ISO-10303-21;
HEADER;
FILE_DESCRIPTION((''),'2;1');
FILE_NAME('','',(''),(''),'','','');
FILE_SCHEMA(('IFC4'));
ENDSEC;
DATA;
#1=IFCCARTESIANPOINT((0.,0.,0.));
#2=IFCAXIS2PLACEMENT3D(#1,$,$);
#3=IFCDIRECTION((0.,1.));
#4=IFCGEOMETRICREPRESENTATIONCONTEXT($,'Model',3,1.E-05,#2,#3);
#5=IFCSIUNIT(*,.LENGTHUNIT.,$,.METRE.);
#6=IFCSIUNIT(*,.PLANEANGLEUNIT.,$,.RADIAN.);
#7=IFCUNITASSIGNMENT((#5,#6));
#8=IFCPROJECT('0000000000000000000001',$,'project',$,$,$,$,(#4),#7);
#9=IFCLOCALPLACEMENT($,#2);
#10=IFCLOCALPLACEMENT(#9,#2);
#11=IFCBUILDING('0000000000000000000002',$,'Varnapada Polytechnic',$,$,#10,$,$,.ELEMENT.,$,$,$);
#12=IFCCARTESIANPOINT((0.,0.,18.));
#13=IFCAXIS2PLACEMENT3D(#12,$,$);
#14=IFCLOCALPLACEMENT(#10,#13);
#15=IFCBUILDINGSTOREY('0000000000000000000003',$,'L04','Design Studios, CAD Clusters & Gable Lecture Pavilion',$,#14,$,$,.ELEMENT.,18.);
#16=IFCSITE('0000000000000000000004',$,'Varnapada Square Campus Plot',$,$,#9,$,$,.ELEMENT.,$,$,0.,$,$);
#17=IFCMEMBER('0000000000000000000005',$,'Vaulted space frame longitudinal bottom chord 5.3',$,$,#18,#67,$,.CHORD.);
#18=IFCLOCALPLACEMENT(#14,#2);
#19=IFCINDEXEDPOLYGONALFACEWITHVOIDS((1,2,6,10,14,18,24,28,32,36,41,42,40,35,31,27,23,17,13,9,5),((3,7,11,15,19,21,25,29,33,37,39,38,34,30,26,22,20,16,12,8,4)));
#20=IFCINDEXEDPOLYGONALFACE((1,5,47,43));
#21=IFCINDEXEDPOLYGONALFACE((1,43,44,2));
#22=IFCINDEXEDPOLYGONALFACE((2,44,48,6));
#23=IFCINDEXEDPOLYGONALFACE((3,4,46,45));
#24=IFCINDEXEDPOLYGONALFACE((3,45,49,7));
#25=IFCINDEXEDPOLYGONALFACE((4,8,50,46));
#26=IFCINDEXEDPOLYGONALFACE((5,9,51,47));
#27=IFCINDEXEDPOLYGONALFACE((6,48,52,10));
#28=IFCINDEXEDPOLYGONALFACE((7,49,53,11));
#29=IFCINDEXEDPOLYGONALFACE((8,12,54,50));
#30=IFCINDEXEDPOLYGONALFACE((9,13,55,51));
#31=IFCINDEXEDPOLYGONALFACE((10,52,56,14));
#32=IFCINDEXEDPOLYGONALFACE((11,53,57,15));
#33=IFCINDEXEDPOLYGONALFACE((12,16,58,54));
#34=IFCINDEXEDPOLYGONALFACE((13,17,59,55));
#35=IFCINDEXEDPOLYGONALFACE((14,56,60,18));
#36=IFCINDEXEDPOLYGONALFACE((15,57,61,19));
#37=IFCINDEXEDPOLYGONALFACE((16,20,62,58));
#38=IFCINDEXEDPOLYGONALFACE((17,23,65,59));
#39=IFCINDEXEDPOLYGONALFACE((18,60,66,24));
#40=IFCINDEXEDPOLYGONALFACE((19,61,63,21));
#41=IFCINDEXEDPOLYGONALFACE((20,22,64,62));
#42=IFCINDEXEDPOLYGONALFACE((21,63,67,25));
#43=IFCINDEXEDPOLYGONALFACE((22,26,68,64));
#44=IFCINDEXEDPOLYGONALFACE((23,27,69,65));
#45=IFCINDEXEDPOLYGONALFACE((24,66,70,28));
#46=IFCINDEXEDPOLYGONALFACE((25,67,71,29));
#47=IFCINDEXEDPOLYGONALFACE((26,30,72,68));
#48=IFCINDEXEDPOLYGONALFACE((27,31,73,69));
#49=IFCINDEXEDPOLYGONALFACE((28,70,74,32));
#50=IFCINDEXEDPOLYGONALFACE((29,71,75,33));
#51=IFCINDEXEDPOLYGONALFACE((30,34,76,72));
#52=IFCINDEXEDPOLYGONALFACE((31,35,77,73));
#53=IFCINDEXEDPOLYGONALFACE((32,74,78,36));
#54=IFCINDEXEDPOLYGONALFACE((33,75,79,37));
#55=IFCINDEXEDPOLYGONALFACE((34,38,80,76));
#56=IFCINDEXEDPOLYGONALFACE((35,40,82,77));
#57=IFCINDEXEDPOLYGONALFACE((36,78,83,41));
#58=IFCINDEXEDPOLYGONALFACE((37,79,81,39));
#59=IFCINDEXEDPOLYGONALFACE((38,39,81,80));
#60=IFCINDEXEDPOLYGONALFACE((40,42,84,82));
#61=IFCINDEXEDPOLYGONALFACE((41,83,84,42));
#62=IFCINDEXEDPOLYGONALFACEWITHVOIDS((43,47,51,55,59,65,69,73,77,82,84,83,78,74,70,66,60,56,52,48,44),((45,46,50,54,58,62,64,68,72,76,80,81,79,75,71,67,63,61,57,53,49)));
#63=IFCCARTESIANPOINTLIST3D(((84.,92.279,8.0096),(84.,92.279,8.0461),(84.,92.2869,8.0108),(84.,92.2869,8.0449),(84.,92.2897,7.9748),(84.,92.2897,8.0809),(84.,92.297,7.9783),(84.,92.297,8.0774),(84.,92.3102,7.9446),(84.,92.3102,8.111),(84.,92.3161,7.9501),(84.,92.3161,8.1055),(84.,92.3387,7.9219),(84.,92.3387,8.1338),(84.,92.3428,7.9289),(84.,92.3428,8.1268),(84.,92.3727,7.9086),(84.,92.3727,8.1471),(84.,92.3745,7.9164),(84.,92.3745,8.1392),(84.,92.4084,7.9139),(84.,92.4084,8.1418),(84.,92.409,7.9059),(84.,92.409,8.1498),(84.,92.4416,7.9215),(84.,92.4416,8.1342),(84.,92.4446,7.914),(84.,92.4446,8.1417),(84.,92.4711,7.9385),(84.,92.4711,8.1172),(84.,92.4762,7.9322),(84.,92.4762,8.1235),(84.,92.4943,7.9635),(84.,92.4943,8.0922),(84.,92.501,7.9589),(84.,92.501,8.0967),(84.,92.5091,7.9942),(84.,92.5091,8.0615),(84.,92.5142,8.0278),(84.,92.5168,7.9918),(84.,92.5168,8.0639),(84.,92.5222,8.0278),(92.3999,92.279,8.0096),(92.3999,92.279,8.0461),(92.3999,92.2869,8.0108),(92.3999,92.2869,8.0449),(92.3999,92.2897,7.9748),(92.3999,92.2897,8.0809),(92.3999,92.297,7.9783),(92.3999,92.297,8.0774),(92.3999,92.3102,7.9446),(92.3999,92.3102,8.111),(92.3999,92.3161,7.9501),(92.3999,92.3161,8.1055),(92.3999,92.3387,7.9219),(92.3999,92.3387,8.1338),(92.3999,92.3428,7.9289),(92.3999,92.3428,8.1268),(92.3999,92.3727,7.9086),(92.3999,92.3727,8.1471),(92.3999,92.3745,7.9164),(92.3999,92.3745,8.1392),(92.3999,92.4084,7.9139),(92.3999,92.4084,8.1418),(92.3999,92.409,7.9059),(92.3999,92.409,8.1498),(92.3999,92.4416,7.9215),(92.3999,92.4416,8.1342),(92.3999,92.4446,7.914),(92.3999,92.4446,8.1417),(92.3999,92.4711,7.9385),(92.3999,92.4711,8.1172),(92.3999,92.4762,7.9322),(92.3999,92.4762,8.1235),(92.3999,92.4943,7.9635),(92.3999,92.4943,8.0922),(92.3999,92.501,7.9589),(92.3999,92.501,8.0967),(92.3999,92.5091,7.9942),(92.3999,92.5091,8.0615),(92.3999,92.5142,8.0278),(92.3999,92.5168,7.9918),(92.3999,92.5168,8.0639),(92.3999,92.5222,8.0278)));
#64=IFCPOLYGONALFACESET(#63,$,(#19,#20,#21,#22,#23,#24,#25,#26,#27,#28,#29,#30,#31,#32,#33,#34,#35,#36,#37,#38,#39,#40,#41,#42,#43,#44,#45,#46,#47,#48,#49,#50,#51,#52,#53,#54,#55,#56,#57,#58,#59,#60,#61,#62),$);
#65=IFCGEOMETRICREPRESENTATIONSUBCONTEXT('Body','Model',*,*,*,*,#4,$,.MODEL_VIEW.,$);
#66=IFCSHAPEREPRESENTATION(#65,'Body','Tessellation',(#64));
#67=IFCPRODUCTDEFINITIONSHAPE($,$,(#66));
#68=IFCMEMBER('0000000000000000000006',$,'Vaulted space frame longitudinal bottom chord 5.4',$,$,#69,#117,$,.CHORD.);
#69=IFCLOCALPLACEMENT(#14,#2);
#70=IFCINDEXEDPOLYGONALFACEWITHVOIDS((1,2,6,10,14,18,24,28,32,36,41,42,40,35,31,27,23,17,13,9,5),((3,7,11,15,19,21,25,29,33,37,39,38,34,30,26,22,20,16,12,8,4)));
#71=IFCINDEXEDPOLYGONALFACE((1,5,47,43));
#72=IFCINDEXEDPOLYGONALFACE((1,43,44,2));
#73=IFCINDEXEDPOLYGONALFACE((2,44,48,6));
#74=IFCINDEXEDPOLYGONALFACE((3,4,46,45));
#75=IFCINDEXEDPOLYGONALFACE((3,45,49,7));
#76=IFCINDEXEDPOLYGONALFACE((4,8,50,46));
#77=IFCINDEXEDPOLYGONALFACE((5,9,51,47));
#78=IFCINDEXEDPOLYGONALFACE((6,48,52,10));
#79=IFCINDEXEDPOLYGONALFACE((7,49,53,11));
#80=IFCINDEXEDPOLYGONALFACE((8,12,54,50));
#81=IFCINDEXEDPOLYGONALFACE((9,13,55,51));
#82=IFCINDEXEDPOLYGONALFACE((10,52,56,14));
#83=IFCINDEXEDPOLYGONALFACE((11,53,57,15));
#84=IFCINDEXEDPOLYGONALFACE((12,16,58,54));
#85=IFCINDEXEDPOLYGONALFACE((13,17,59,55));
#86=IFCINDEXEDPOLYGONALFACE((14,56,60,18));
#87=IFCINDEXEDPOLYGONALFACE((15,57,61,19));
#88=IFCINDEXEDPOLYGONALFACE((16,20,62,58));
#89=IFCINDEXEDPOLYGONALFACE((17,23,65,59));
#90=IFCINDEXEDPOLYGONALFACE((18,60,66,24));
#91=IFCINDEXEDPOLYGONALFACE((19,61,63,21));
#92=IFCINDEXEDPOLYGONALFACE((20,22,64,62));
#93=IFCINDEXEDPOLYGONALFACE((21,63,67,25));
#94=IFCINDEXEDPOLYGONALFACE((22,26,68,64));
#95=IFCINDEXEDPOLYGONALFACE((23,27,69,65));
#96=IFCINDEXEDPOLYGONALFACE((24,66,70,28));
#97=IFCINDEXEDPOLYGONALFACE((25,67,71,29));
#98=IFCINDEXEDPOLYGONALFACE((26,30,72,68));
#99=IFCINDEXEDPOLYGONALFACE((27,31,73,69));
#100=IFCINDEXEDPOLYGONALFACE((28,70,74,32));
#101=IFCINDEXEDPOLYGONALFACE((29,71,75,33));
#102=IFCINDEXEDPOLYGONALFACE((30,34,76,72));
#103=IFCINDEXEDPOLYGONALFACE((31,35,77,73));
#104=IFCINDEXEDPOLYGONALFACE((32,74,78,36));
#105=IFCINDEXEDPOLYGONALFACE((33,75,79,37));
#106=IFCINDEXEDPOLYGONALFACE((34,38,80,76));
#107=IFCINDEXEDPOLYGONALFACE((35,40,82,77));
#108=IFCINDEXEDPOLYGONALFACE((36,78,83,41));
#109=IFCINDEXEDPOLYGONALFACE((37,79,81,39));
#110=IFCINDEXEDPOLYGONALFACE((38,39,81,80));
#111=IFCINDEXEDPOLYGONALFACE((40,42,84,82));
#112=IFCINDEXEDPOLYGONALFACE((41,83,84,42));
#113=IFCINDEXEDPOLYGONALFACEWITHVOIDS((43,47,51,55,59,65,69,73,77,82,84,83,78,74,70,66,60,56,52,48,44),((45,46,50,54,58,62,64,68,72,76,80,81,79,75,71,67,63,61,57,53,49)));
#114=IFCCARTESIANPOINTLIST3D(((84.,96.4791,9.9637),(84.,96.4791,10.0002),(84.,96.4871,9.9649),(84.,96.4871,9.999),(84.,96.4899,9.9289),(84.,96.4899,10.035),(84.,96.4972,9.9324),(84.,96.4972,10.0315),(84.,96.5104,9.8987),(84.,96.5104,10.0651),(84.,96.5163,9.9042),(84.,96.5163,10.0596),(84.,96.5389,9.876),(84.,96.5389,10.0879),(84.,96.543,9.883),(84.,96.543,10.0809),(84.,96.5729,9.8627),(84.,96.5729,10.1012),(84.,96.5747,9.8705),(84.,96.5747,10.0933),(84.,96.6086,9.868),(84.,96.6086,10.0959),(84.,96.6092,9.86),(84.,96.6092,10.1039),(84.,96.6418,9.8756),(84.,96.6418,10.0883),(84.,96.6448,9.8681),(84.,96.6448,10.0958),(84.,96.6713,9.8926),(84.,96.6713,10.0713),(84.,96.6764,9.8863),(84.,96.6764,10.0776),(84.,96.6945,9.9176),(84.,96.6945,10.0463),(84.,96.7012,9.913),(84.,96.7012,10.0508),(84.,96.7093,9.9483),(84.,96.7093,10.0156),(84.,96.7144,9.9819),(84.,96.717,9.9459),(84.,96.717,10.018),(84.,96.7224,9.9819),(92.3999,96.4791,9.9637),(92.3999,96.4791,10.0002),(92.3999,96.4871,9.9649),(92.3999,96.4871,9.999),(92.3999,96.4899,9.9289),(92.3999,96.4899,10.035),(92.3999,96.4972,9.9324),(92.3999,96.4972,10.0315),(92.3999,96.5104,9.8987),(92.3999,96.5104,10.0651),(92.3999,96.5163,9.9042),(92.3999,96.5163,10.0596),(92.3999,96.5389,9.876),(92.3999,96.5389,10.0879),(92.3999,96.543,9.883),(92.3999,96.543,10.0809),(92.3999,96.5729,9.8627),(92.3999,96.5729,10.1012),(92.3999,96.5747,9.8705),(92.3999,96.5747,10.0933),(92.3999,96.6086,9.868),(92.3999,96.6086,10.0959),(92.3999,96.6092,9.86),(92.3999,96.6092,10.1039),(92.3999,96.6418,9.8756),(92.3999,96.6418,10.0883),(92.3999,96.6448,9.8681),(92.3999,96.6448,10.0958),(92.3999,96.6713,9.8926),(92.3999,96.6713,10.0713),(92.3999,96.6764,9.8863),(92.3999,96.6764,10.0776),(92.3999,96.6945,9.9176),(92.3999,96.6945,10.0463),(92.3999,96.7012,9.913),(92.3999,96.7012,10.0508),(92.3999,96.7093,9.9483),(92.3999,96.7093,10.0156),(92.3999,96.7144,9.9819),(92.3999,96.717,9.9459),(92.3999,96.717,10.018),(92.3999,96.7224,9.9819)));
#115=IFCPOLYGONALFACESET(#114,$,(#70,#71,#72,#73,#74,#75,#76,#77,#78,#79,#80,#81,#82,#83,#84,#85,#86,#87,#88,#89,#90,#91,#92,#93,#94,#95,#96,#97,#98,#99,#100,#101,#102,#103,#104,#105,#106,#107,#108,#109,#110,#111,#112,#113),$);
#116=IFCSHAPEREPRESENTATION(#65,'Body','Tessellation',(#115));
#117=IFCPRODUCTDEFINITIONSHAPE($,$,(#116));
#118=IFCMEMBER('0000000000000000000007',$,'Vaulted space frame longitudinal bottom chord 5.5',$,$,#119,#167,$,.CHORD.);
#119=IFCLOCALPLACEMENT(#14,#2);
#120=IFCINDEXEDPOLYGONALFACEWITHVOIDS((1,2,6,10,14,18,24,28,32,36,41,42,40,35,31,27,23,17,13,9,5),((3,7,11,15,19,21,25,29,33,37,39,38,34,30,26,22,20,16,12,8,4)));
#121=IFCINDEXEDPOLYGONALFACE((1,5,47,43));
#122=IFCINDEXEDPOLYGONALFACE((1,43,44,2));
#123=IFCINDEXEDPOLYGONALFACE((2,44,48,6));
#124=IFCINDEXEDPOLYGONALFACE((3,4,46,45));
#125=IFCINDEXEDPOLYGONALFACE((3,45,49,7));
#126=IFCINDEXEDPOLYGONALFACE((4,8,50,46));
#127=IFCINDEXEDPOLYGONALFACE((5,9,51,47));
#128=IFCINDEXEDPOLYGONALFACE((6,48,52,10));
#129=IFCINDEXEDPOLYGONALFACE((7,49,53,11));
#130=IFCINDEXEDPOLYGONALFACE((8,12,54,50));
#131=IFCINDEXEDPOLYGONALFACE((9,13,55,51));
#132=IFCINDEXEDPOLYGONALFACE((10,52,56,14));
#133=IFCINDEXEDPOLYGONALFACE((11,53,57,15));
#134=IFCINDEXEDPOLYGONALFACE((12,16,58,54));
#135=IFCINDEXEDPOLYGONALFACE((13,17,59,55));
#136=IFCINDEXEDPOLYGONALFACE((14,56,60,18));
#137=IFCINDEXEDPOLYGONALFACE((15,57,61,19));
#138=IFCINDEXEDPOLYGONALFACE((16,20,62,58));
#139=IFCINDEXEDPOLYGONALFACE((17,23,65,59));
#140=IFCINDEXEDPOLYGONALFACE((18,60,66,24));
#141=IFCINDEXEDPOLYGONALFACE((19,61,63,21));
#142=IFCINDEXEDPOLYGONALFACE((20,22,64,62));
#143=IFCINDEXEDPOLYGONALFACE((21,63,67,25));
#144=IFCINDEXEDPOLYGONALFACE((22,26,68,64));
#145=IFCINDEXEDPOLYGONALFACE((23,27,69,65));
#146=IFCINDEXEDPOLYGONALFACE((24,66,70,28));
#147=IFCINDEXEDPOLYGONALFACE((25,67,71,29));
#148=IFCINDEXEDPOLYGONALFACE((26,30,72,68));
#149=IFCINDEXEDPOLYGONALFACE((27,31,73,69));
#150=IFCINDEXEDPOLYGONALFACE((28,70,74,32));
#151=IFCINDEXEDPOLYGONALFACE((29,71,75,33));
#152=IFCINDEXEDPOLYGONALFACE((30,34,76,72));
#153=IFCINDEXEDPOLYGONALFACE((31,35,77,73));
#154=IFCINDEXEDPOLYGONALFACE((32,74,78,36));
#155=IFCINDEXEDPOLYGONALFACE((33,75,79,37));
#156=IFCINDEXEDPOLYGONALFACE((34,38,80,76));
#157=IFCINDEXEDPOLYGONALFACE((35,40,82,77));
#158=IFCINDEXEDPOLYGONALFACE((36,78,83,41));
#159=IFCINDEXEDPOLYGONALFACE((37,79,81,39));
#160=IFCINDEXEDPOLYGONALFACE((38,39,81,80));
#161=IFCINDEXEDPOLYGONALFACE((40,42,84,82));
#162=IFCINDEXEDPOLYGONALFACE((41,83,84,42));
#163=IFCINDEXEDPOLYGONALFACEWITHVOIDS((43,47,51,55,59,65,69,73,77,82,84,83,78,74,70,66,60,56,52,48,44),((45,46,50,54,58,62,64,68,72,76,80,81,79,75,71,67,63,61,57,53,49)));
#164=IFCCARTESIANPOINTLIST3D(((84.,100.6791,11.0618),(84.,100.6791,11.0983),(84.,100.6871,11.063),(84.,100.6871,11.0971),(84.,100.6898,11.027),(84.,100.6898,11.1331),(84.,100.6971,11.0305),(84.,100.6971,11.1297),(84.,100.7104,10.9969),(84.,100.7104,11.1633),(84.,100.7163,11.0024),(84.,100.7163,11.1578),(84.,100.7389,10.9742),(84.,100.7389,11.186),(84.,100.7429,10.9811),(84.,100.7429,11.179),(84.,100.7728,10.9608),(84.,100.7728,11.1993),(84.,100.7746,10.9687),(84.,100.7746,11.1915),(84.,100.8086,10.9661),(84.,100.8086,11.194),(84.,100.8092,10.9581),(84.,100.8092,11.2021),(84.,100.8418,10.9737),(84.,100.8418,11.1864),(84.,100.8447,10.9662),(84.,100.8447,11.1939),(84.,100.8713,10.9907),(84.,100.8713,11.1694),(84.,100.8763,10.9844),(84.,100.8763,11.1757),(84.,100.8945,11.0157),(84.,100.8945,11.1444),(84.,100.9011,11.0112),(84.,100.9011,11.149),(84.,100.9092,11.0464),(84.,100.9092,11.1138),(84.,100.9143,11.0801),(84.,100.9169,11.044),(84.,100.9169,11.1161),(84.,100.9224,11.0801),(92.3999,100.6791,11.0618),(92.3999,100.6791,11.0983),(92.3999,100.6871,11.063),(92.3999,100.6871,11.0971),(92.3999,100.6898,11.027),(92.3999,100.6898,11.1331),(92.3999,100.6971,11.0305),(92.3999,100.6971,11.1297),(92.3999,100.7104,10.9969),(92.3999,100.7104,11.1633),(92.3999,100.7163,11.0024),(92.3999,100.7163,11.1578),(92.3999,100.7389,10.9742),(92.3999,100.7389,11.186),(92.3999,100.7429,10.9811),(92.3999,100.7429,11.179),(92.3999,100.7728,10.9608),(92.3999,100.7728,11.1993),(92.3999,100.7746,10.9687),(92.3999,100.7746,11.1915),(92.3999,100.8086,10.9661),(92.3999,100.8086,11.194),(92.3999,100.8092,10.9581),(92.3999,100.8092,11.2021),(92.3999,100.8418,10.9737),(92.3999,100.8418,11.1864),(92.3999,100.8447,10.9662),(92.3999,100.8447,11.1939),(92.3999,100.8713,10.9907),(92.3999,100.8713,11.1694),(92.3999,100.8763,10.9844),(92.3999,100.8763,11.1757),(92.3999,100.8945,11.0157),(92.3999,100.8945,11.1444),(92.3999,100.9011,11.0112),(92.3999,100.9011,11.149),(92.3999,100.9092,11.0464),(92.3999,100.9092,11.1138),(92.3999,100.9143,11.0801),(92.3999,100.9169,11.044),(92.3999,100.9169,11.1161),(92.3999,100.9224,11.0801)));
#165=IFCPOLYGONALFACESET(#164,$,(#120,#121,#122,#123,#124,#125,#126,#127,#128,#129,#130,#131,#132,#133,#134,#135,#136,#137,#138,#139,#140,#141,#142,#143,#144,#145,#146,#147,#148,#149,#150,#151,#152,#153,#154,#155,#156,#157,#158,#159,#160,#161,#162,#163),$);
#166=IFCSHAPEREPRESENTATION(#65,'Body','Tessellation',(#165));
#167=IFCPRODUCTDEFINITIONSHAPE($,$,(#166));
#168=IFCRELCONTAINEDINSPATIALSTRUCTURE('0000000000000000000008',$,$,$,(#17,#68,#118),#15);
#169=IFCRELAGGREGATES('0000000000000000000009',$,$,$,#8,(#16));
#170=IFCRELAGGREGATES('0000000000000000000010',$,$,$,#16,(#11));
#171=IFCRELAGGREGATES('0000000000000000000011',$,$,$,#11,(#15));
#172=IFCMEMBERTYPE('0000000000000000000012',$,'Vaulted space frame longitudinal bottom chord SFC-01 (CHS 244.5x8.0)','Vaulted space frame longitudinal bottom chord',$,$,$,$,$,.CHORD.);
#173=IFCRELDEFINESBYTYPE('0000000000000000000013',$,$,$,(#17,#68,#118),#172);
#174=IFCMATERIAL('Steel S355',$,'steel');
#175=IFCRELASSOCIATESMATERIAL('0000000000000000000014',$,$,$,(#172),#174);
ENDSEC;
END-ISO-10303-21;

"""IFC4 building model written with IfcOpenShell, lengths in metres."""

from ifc_helpers import new_model, si_unit, direction, frame, origin, origin_2d, place, context, subcontext, project, spatial, hollow_circle, extrude, material, material_profile, profile_set, type_object, element, save


model = new_model("IFC4")

# Units and contexts
model_context = context("Model", 3, precision=1e-05, world=origin(), true_north=direction((0.0, 1.0)))
body_context = subcontext(model_context, "Body", "Model", "MODEL_VIEW")
ifc_project = project(units=[si_unit("LENGTHUNIT", "METRE"), si_unit("PLANEANGLEUNIT", "RADIAN")], contexts=[model_context])

# Site, building, storey
site_placement = place(None, origin())
site = spatial("IfcSite", under=ifc_project, at=site_placement, Name="Varnapada Square Campus Plot", CompositionType="ELEMENT", RefElevation=0.0)
building_placement = place(site_placement, origin())
building = spatial("IfcBuilding", under=site, at=building_placement, Name="Varnapada Polytechnic", CompositionType="ELEMENT")
storey_placement = place(building_placement, frame((0.0, 0.0, 18.0)))
storey = spatial("IfcBuildingStorey", under=building, at=storey_placement, Name="L04", Description="Design Studios, CAD Clusters & Gable Lecture Pavilion", CompositionType="ELEMENT", Elevation=18.0)

# Members
ifc_material = material(Name="Steel S355", Category="steel")
ifc_material_profile_1 = material_profile(ifc_material, hollow_circle(Radius=0.1223, WallThickness=0.0081, at=origin_2d()), Name="CHS 244.5x8.0")
ifc_profile_set_1 = profile_set([ifc_material_profile_1], Name="Steel S355")
member_type_1 = type_object("IfcMemberType", Name="Vaulted space frame longitudinal bottom chord SFC-01 (CHS 244.5x8.0)", Description="Vaulted space frame longitudinal bottom chord", PredefinedType="CHORD", material=ifc_profile_set_1)
for number, where, z_axis, x_axis, name in (
    (1, (84.0, 92.3999, 8.0278), (1.0, 0.0, 0.0), (0.0, 1.0, 0.0), "Vaulted space frame longitudinal bottom chord 5.3"),
    (2, (84.0, 96.6001, 9.9819), (1.0, 0.0, 0.0), (0.0, 1.0, 0.0), "Vaulted space frame longitudinal bottom chord 5.4"),
    (3, (84.0, 100.8, 11.0801), (1.0, 0.0, 0.0), (0.0, 1.0, 0.0), "Vaulted space frame longitudinal bottom chord 5.5"),
):
    element("IfcMember", number, at=place(storey_placement, frame(where, z_axis=z_axis, x_axis=x_axis)), inside=storey, type_object=member_type_1, Name=name, PredefinedType="CHORD", context=body_context, shape_type="SweptSolid", body=[
        extrude(hollow_circle(Radius=0.1223, WallThickness=0.0081, at=origin_2d()), origin(), (0.0, 0.0, 1.0), 8.3999),
    ])

save(model, "model.ifc")
